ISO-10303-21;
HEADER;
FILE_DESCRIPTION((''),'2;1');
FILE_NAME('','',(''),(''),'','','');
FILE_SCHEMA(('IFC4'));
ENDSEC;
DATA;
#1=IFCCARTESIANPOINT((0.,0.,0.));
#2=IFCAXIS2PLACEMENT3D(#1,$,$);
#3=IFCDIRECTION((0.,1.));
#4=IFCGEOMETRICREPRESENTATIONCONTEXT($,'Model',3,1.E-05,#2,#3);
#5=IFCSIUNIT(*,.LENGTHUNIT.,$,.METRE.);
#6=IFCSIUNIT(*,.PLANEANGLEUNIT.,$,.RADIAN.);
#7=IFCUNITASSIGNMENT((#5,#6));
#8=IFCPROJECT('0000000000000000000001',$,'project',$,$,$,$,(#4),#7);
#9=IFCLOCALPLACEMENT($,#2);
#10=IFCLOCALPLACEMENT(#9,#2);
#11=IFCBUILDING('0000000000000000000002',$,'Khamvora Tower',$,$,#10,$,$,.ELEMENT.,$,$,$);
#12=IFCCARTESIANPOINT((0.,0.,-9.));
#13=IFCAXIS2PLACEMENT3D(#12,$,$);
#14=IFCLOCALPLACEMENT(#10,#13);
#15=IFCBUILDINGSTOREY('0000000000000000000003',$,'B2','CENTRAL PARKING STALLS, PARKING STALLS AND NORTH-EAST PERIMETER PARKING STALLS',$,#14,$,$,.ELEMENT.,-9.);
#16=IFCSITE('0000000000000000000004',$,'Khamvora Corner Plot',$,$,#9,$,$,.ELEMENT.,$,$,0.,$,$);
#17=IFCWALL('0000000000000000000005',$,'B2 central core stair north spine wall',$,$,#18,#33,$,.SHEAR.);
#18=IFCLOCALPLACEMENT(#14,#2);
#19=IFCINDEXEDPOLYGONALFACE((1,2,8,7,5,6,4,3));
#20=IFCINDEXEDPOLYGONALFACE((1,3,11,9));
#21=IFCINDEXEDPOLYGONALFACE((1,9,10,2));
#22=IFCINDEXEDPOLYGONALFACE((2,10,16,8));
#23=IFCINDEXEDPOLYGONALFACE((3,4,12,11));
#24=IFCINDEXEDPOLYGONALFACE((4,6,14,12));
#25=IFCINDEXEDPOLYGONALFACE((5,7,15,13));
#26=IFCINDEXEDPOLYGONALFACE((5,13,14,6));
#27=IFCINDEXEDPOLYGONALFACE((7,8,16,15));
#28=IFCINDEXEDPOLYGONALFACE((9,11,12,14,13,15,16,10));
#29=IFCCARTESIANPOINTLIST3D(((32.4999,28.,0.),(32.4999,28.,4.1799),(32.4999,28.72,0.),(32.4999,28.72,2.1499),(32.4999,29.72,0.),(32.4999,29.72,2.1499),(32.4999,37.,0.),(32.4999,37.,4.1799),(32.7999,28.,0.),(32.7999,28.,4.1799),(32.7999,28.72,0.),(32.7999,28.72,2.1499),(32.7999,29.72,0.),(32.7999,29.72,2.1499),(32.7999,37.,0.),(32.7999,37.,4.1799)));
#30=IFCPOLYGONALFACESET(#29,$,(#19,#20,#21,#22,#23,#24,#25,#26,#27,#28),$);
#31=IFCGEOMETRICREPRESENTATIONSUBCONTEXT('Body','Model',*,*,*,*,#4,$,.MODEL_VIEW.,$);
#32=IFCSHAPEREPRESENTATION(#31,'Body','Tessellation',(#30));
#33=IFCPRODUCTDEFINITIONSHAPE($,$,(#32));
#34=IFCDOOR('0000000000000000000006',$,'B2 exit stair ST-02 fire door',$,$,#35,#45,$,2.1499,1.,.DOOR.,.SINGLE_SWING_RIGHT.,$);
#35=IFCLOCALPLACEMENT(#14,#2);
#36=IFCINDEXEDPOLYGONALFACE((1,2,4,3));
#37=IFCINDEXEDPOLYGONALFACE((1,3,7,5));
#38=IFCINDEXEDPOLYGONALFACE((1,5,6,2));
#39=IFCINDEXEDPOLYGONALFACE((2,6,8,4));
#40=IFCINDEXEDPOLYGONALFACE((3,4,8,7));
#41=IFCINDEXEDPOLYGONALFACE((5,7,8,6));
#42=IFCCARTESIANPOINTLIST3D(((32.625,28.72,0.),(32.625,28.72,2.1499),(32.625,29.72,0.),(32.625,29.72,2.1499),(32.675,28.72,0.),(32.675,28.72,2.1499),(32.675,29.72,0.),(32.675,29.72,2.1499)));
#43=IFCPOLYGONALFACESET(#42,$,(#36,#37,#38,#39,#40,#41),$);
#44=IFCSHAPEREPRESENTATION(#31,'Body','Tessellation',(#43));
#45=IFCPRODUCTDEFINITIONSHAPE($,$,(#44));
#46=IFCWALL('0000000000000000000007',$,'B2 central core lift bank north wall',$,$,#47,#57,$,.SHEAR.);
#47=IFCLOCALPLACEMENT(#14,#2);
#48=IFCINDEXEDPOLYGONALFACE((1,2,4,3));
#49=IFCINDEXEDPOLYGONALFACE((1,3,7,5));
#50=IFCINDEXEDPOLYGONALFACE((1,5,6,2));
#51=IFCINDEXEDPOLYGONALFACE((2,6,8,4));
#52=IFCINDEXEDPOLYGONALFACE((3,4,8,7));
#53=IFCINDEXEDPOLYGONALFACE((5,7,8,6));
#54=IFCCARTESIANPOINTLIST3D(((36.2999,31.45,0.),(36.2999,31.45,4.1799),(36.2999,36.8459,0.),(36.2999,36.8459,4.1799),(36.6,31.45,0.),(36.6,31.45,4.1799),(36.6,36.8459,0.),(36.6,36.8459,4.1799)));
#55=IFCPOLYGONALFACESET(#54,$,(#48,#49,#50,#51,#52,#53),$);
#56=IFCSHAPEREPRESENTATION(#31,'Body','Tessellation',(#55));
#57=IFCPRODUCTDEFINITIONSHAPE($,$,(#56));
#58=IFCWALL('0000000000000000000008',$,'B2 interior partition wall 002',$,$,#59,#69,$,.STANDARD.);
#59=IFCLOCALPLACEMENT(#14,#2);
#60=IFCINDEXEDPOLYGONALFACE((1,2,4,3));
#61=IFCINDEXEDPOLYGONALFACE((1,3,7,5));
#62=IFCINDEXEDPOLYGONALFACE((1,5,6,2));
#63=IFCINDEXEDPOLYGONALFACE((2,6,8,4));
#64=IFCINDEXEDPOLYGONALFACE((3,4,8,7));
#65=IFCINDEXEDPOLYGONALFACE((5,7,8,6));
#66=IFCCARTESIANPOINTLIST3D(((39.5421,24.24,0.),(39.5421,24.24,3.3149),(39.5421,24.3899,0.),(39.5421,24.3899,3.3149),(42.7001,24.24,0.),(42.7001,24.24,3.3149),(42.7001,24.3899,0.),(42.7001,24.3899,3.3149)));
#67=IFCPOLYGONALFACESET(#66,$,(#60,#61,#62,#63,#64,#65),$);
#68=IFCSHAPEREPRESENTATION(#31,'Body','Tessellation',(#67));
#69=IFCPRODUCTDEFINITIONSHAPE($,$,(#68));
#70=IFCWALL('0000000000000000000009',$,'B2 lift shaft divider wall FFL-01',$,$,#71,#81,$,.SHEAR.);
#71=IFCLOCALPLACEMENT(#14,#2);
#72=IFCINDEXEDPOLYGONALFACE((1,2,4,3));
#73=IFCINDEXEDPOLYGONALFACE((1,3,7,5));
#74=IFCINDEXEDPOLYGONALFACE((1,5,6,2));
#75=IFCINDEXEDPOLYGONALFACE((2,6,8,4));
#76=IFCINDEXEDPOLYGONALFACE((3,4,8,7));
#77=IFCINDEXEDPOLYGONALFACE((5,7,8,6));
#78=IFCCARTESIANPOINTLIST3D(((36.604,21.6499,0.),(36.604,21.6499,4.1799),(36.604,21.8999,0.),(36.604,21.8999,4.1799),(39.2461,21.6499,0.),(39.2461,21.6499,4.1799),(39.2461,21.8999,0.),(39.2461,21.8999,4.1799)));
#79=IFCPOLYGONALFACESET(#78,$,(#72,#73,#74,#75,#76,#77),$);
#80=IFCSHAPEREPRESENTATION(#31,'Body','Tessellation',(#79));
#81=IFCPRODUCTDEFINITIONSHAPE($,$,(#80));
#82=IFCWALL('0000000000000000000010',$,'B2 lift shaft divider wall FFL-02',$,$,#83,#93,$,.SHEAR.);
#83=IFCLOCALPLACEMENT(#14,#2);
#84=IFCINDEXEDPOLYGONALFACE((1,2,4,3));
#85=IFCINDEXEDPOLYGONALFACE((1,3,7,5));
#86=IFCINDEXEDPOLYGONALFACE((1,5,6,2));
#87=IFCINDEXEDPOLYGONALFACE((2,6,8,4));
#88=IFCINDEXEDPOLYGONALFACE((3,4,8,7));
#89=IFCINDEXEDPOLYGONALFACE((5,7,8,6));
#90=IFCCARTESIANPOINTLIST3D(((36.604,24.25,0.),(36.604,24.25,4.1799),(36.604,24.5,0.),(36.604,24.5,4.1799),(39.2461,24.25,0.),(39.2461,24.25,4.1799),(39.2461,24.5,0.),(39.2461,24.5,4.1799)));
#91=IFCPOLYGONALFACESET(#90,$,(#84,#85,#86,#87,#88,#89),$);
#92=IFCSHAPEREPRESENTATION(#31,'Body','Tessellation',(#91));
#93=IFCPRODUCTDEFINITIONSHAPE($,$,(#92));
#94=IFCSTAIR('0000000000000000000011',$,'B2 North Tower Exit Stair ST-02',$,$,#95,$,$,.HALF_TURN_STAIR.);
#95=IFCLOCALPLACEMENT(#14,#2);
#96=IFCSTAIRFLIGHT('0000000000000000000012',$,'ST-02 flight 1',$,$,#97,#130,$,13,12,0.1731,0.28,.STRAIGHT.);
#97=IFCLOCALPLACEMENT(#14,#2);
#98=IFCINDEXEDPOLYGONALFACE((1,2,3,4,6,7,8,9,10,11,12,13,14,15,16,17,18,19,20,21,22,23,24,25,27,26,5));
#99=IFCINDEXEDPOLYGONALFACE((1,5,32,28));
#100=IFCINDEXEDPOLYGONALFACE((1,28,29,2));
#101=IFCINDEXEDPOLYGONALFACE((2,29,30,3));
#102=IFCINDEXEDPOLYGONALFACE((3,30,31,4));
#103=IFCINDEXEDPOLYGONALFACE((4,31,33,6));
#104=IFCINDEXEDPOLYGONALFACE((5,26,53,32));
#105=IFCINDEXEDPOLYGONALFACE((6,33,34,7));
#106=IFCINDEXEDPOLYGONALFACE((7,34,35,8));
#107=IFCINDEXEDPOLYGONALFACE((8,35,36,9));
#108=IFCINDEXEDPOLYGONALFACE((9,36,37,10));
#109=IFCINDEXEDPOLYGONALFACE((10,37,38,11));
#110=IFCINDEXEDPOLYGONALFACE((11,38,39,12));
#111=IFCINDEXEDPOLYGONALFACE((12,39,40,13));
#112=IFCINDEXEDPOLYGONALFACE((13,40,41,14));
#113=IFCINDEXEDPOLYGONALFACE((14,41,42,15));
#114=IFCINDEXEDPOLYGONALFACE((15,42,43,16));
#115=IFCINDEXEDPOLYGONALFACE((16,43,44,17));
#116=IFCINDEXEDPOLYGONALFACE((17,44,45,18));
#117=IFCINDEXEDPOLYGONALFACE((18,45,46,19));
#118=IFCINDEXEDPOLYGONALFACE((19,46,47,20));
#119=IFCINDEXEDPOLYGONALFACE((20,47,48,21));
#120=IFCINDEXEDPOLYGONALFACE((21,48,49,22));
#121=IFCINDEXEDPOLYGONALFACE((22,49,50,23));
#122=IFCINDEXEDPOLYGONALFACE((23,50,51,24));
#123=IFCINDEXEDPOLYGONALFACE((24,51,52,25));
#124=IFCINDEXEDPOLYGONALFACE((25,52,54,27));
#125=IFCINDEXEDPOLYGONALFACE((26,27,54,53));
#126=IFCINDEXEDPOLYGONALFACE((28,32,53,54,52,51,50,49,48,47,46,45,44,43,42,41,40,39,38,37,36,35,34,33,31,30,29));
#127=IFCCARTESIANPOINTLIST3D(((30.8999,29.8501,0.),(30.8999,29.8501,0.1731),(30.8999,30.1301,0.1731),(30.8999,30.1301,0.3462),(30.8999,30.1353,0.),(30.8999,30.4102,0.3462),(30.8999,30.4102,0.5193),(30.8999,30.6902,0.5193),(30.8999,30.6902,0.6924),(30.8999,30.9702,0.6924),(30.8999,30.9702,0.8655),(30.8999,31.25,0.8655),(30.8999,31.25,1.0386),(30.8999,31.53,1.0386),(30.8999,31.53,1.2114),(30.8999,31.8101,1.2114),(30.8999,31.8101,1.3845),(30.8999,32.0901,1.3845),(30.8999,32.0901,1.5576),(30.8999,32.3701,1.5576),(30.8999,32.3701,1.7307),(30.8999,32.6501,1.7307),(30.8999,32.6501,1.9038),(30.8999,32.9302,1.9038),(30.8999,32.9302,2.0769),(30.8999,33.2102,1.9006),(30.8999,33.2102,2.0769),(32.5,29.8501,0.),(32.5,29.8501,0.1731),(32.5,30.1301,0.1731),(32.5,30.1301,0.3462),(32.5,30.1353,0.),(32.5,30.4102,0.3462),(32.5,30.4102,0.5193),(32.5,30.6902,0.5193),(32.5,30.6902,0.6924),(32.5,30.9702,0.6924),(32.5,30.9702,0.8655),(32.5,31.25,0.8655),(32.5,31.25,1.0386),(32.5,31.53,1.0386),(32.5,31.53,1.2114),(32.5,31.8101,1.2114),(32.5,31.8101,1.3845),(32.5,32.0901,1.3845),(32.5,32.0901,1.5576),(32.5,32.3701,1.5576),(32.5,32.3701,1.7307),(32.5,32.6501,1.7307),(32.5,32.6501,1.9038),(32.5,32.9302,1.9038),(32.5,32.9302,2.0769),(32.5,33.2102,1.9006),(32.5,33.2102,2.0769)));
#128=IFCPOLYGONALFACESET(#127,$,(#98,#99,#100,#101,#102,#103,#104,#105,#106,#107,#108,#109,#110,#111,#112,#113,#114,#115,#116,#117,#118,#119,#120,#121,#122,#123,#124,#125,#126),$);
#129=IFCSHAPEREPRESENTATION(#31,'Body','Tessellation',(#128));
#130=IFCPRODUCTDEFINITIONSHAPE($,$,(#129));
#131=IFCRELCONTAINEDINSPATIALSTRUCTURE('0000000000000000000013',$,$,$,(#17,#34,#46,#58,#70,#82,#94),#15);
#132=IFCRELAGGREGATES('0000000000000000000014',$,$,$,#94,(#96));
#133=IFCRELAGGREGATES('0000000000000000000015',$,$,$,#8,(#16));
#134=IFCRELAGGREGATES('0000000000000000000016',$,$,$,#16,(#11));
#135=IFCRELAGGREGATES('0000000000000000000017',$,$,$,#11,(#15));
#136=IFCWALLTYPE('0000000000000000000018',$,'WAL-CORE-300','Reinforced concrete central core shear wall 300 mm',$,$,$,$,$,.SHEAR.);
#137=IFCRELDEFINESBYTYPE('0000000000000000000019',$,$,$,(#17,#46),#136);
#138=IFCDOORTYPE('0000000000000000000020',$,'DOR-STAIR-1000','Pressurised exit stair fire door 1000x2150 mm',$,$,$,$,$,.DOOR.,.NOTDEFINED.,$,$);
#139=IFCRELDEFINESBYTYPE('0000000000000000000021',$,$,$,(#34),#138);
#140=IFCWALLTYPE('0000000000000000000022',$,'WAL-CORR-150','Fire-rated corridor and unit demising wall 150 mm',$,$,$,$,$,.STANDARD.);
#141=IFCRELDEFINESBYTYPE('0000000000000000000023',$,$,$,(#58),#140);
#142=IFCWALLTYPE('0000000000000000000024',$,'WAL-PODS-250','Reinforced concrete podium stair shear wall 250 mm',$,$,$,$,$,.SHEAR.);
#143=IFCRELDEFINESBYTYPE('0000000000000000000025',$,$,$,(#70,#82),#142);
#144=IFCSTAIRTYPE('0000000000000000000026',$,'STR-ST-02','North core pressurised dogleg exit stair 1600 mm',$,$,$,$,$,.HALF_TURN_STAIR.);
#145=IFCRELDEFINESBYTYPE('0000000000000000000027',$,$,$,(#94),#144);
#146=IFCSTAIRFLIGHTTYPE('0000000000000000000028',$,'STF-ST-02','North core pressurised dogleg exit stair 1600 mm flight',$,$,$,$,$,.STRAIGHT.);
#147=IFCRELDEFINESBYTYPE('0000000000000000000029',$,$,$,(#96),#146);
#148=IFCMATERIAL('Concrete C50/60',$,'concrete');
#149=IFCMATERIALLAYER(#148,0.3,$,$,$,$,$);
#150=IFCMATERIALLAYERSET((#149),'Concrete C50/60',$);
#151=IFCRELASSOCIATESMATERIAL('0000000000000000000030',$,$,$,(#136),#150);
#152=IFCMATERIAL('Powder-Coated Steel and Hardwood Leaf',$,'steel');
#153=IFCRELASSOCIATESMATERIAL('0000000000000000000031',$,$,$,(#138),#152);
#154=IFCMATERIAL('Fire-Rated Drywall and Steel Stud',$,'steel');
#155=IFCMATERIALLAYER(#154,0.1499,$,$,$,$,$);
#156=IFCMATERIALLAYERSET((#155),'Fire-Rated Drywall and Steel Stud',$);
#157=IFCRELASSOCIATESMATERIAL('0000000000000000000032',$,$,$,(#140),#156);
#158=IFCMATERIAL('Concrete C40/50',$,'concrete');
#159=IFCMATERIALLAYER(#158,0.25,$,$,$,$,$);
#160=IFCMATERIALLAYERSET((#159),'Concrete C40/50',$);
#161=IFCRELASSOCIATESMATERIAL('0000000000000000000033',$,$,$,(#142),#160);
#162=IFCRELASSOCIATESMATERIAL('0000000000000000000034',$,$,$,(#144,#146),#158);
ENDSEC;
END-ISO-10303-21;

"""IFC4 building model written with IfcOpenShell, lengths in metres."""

from ifc_helpers import new_model, si_unit, direction, frame, frame_2d, origin, place, context, subcontext, project, spatial, polyline, rectangle, outline, extrude, material, layer, layer_set, type_object, element, fill, aggregate, save


model = new_model("IFC4")

# Units and contexts
model_context = context("Model", 3, precision=1e-05, world=origin(), true_north=direction((0.0, 1.0)))
body_context = subcontext(model_context, "Body", "Model", "MODEL_VIEW")
ifc_project = project(units=[si_unit("LENGTHUNIT", "METRE"), si_unit("PLANEANGLEUNIT", "RADIAN")], contexts=[model_context])

# Site, building, storey
site_placement = place(None, origin())
site = spatial("IfcSite", under=ifc_project, at=site_placement, Name="Khamvora Corner Plot", CompositionType="ELEMENT", RefElevation=0.0)
building_placement = place(site_placement, origin())
building = spatial("IfcBuilding", under=site, at=building_placement, Name="Khamvora Tower", CompositionType="ELEMENT")
storey_placement = place(building_placement, frame((0.0, 0.0, -9.0)))
storey = spatial("IfcBuildingStorey", under=building, at=storey_placement, Name="B2", Description="CENTRAL PARKING STALLS, PARKING STALLS AND NORTH-EAST PERIMETER PARKING STALLS", CompositionType="ELEMENT", Elevation=-9.0)

# Shared definitions
ifc_material_1 = material(Name="Concrete C40/50", Category="concrete")

# Shared definitions
ifc_material_2 = material(Name="Concrete C50/60", Category="concrete")
ifc_layer_1 = layer(ifc_material_2, 0.3)
ifc_layer_set_1 = layer_set([ifc_layer_1], Name="Concrete C50/60")
wall_type_1 = type_object("IfcWallType", Name="WAL-CORE-300", Description="Reinforced concrete central core shear wall 300 mm", PredefinedType="SHEAR", material=ifc_layer_set_1)

# Wall, opening, door
wall_1_placement = place(storey_placement, frame((32.6499, 28.0, 0.0), z_axis=(0.0, 0.0, 1.0), x_axis=(0.0, 1.0, 0.0)))
wall_1 = element("IfcWall", 1, at=wall_1_placement, inside=storey, type_object=wall_type_1, Name="B2 central core stair north spine wall", PredefinedType="SHEAR", context=body_context, shape_type="SweptSolid", body=[
    extrude(rectangle(XDim=9.0, YDim=0.3, at=frame_2d((4.5, 0.0))), origin(), (0.0, 0.0, 1.0), 4.1799),
])
opening_1_placement = place(wall_1_placement, frame((0.72, 0.0, 0.0)))
opening_1 = element("IfcOpeningElement", 2, at=opening_1_placement, cuts=wall_1, PredefinedType="OPENING", context=body_context, shape_type="SweptSolid", body=[
    extrude(rectangle(XDim=1.0, YDim=2.1499, at=frame_2d((0.5, 1.075))), frame((0.0, 0.1599, 0.0), z_axis=(0.0, -1.0, 0.0), x_axis=(1.0, 0.0, 0.0)), (0.0, 0.0, 1.0), 0.3201),
])
ifc_material_3 = material(Name="Powder-Coated Steel and Hardwood Leaf", Category="steel")
door_type_1 = type_object("IfcDoorType", Name="DOR-STAIR-1000", Description="Pressurised exit stair fire door 1000x2150 mm", OperationType="NOTDEFINED", PredefinedType="DOOR", material=ifc_material_3)
door_1_placement = place(opening_1_placement, origin())
door_1 = element("IfcDoor", 3, at=door_1_placement, inside=storey, type_object=door_type_1, Name="B2 exit stair ST-02 fire door", OperationType="SINGLE_SWING_RIGHT", OverallHeight=2.1499, OverallWidth=1.0, PredefinedType="DOOR", context=body_context, shape_type="SweptSolid", body=[
    extrude(rectangle(XDim=1.0, YDim=2.1499, at=frame_2d((0.5, 1.075))), frame((0.0, 0.0249, 0.0), z_axis=(0.0, -1.0, 0.0), x_axis=(1.0, 0.0, 0.0)), (0.0, 0.0, 1.0), 0.05),
])
fill(opening_1, door_1)

# Walls
wall_2_placement = place(storey_placement, frame((36.45, 31.45, 0.0), z_axis=(0.0, 0.0, 1.0), x_axis=(0.0, 1.0, 0.0)))
element("IfcWall", 4, at=wall_2_placement, inside=storey, type_object=wall_type_1, Name="B2 central core lift bank north wall", PredefinedType="SHEAR", context=body_context, shape_type="SweptSolid", body=[
    extrude(rectangle(XDim=5.396, YDim=0.3, at=frame_2d((2.698, 0.0))), origin(), (0.0, 0.0, 1.0), 4.1799),
])
ifc_material_4 = material(Name="Fire-Rated Drywall and Steel Stud", Category="steel")
ifc_layer_2 = layer(ifc_material_4, 0.1499)
ifc_layer_set_2 = layer_set([ifc_layer_2], Name="Fire-Rated Drywall and Steel Stud")
wall_type_2 = type_object("IfcWallType", Name="WAL-CORR-150", Description="Fire-rated corridor and unit demising wall 150 mm", PredefinedType="STANDARD", material=ifc_layer_set_2)
wall_3_placement = place(storey_placement, frame((39.542, 24.3149, 0.0), z_axis=(0.0, 0.0, 1.0), x_axis=(1.0, 0.0, 0.0)))
element("IfcWall", 5, at=wall_3_placement, inside=storey, type_object=wall_type_2, Name="B2 interior partition wall 002", PredefinedType="STANDARD", context=body_context, shape_type="SweptSolid", body=[
    extrude(rectangle(XDim=3.158, YDim=0.1499, at=frame_2d((1.5791, 0.0))), origin(), (0.0, 0.0, 1.0), 3.3149),
])
ifc_layer_3 = layer(ifc_material_1, 0.25)
ifc_layer_set_3 = layer_set([ifc_layer_3], Name="Concrete C40/50")
wall_type_3 = type_object("IfcWallType", Name="WAL-PODS-250", Description="Reinforced concrete podium stair shear wall 250 mm", PredefinedType="SHEAR", material=ifc_layer_set_3)
for number, where, z_axis, x_axis, name in (
    (6, (36.604, 21.7749, 0.0), (0.0, 0.0, 1.0), (1.0, 0.0, 0.0), "B2 lift shaft divider wall FFL-01"),
    (7, (36.604, 24.375, 0.0), (0.0, 0.0, 1.0), (1.0, 0.0, 0.0), "B2 lift shaft divider wall FFL-02"),
):
    element("IfcWall", number, at=place(storey_placement, frame(where, z_axis=z_axis, x_axis=x_axis)), inside=storey, type_object=wall_type_3, Name=name, PredefinedType="SHEAR", context=body_context, shape_type="SweptSolid", body=[
        extrude(rectangle(XDim=2.6421, YDim=0.25, at=frame_2d((1.321, 0.0))), origin(), (0.0, 0.0, 1.0), 4.1799),
    ])

# Stair, stair flight
stair_type = type_object("IfcStairType", Name="STR-ST-02", Description="North core pressurised dogleg exit stair 1600 mm", PredefinedType="HALF_TURN_STAIR", material=ifc_material_1)
stair_placement = place(storey_placement, origin())
stair = element("IfcStair", 8, at=stair_placement, inside=storey, type_object=stair_type, Name="B2 North Tower Exit Stair ST-02", PredefinedType="HALF_TURN_STAIR")
stair_flight_type = type_object("IfcStairFlightType", Name="STF-ST-02", Description="North core pressurised dogleg exit stair 1600 mm flight", PredefinedType="STRAIGHT", material=ifc_material_1)
stair_flight_placement = place(storey_placement, frame((31.7, 29.8501, 0.0), z_axis=(0.0, 0.0, 1.0), x_axis=(0.0, 1.0, 0.0)))
stair_flight = element("IfcStairFlight", 9, at=stair_flight_placement, type_object=stair_flight_type, Name="ST-02 flight 1", NumberOfRisers=13, NumberOfTreads=12, PredefinedType="STRAIGHT", RiserHeight=0.1731, TreadLength=0.28, context=body_context, shape_type="SweptSolid", body=[
    extrude(outline(polyline([(0.0, 0.0), (0.0, 0.1731), (0.28, 0.1731), (0.28, 0.3462), (0.5601, 0.3462), (0.5601, 0.5193), (0.8401, 0.5193), (0.8401, 0.6924), (1.1201, 0.6924), (1.1201, 0.8655), (1.3999, 0.8655), (1.3999, 1.0386), (1.6799, 1.0386), (1.6799, 1.2114), (1.96, 1.2114), (1.96, 1.3845), (2.24, 1.3845), (2.24, 1.5576), (2.52, 1.5576), (2.52, 1.7307), (2.8, 1.7307), (2.8, 1.9038), (3.0801, 1.9038), (3.0801, 2.0769), (3.3601, 2.0769), (3.3601, 2.25), (3.3601, 1.9006), (0.2852, 0.0), (0.0, 0.0)])), frame((0.0, 0.8, 0.0), z_axis=(0.0, -1.0, 0.0), x_axis=(1.0, 0.0, 0.0)), (0.0, 0.0, 1.0), 1.6001),
])
aggregate(stair, [stair_flight])

save(model, "model.ifc")
